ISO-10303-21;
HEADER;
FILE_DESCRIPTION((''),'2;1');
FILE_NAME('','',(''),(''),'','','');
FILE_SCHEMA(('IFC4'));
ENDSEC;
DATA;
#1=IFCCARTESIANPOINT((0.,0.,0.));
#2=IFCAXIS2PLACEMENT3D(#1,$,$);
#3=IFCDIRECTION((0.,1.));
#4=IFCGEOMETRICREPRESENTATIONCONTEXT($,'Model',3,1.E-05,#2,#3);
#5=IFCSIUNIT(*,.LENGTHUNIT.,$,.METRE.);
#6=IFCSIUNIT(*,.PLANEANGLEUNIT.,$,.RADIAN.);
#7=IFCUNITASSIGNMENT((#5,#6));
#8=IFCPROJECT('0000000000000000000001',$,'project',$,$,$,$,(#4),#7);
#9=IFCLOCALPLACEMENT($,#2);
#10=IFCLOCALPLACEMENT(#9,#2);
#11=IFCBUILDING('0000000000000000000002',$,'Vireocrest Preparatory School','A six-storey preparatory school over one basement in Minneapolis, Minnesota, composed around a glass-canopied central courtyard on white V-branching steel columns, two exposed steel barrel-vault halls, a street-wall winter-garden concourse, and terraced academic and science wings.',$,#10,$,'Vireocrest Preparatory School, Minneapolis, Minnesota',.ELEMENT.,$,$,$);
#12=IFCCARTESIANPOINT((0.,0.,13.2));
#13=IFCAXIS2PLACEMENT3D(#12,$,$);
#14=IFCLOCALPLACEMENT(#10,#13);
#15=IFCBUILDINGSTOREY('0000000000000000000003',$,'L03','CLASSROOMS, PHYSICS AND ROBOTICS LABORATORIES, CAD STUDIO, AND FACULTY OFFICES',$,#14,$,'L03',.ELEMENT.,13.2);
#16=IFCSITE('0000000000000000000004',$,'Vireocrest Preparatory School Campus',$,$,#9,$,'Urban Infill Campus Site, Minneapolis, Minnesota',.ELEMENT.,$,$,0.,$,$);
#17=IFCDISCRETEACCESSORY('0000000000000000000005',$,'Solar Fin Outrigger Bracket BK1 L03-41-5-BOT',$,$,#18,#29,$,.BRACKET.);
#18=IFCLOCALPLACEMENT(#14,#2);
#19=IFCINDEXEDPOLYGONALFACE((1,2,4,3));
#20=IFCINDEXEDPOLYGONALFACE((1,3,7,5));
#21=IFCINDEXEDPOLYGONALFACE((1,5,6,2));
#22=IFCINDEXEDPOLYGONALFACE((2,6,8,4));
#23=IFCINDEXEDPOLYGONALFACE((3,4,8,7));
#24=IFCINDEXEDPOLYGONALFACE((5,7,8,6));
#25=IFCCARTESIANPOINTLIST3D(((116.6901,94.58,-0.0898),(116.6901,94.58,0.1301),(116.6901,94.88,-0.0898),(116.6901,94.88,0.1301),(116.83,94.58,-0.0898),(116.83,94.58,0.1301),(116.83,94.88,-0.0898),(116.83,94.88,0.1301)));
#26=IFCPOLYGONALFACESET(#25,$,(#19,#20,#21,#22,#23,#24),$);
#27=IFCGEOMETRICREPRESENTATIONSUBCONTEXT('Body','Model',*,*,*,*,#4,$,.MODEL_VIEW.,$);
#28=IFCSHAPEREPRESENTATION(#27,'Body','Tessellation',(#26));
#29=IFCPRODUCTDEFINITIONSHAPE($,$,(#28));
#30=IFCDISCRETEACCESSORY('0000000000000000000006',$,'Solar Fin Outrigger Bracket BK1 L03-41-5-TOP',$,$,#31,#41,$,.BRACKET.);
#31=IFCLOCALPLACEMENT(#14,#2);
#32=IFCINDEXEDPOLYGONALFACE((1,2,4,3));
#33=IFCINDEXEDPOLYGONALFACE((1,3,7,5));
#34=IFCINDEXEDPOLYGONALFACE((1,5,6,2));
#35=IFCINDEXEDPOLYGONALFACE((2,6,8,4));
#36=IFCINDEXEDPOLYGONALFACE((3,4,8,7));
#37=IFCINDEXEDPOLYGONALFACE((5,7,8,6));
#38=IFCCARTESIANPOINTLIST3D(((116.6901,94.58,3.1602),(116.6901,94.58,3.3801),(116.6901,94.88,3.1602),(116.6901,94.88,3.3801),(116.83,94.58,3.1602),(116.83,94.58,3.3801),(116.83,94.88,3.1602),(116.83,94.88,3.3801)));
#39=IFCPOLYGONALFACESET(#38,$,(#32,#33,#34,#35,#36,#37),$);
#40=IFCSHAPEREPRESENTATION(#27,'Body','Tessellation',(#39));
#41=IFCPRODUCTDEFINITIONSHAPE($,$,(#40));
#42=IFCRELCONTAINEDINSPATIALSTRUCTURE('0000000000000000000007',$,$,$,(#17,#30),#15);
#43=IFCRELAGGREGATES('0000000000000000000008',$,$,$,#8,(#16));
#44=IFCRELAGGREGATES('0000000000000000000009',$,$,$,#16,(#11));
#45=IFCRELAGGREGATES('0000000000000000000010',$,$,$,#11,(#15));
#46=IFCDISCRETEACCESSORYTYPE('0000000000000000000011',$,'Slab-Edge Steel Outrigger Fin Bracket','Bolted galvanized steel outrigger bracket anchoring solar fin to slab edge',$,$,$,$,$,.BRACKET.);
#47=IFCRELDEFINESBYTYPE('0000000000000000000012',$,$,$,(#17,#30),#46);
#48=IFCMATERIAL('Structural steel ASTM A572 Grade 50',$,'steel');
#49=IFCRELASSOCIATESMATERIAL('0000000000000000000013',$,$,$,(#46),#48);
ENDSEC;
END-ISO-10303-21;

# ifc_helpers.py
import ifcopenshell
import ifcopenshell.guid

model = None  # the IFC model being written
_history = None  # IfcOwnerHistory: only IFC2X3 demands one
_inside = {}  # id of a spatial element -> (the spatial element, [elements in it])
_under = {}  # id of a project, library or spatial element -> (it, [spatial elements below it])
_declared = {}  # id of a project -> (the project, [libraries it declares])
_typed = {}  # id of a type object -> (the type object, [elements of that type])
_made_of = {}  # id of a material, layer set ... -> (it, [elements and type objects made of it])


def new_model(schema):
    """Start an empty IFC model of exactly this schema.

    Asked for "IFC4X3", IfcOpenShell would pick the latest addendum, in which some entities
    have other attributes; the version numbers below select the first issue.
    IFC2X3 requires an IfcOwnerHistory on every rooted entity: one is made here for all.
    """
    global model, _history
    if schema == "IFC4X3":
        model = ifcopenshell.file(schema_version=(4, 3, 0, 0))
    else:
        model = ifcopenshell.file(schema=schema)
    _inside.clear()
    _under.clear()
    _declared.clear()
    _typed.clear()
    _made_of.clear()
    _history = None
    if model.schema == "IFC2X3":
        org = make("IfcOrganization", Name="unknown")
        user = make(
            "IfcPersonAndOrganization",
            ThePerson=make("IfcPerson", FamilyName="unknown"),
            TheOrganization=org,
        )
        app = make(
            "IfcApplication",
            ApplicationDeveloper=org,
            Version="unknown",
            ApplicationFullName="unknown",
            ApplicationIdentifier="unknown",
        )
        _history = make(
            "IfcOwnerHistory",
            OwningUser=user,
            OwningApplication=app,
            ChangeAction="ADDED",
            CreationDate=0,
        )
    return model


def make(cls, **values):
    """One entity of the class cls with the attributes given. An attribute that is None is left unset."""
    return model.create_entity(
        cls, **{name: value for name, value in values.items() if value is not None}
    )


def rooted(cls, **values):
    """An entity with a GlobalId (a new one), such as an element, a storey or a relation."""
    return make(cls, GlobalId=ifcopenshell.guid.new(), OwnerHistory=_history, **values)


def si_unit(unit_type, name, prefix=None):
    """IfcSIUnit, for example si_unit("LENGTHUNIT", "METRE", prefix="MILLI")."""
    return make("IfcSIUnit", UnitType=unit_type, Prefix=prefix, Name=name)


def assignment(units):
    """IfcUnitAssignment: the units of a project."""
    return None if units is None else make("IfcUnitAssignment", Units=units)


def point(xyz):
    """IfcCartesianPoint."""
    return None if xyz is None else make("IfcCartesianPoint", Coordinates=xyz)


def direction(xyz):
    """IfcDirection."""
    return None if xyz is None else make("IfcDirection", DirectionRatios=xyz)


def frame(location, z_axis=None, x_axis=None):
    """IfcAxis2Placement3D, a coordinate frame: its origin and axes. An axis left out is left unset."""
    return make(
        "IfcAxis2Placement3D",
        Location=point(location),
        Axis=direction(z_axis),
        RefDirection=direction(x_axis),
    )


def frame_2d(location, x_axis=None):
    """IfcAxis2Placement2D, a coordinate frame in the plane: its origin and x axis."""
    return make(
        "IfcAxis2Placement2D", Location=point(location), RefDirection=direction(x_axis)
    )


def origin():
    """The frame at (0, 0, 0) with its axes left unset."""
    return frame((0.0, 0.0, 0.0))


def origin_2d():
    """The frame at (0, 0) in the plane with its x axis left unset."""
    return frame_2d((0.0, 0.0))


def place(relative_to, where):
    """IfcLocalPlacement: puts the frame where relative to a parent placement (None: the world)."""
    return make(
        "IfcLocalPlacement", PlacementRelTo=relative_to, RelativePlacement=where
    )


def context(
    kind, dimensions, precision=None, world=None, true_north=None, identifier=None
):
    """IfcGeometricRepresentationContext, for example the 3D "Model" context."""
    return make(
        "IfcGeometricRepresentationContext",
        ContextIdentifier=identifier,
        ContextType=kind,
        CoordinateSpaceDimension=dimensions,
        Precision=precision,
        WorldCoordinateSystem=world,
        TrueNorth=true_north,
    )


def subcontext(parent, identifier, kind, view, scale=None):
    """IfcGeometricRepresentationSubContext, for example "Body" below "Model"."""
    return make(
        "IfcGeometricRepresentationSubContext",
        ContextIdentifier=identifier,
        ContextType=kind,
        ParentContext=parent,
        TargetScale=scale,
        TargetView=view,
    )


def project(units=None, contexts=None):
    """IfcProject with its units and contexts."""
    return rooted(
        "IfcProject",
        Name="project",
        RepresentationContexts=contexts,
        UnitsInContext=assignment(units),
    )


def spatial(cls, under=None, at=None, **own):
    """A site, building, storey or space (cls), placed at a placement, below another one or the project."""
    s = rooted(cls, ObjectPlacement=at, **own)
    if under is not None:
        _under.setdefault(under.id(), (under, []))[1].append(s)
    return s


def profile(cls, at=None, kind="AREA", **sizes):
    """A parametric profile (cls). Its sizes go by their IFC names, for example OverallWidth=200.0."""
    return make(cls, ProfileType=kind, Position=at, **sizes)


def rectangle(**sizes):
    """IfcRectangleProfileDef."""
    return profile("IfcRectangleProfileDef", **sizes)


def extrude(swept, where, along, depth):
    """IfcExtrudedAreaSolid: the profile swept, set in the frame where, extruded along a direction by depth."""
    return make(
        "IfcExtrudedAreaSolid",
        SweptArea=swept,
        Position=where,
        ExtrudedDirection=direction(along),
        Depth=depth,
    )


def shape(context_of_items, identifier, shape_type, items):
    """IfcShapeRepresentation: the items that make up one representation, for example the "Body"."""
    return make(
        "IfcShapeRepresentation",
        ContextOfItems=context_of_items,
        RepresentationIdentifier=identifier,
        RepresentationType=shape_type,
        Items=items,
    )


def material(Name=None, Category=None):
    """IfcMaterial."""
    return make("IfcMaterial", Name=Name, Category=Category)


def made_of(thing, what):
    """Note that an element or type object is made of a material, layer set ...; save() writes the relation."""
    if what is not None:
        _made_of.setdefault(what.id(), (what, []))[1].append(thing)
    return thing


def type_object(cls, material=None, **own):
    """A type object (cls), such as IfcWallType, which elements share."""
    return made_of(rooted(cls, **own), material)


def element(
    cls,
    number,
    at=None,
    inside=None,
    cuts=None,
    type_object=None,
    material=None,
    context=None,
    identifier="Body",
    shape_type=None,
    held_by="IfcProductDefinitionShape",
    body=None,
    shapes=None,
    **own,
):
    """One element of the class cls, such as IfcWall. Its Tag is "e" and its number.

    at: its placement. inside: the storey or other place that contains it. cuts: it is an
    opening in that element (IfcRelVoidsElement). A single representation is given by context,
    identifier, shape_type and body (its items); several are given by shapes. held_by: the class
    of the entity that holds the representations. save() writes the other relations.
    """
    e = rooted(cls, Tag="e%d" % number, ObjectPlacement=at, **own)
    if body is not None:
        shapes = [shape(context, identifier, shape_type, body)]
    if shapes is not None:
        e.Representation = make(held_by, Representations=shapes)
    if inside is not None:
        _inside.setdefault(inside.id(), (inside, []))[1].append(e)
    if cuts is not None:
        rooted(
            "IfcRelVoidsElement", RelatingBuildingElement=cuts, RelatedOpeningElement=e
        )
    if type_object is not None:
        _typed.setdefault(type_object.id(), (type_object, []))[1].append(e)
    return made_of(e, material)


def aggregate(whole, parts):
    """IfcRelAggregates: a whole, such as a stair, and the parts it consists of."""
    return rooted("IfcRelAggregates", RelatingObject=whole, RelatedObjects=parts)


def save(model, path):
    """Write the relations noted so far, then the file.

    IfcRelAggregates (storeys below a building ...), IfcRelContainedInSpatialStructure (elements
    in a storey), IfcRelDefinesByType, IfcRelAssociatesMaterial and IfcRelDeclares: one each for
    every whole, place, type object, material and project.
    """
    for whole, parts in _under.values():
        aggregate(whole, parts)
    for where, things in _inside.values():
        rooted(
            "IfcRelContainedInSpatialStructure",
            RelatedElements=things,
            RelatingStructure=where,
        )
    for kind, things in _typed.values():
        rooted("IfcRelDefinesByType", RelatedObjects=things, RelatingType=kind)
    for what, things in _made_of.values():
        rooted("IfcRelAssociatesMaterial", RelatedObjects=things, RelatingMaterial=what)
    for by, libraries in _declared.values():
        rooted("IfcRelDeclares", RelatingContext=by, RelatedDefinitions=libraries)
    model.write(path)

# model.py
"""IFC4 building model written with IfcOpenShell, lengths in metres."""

from ifc_helpers import new_model, si_unit, direction, frame, origin, origin_2d, place, context, subcontext, project, spatial, rectangle, extrude, material, type_object, element, save


model = new_model("IFC4")

# Units and contexts
model_context = context("Model", 3, precision=1e-05, world=origin(), true_north=direction((0.0, 1.0)))
body_context = subcontext(model_context, "Body", "Model", "MODEL_VIEW")
ifc_project = project(units=[si_unit("LENGTHUNIT", "METRE"), si_unit("PLANEANGLEUNIT", "RADIAN")], contexts=[model_context])

# Site, building, storey
site_placement = place(None, origin())
site = spatial("IfcSite", under=ifc_project, at=site_placement, Name="Vireocrest Preparatory School Campus", LongName="Urban Infill Campus Site, Minneapolis, Minnesota", CompositionType="ELEMENT", RefElevation=0.0)
building_placement = place(site_placement, origin())
building = spatial("IfcBuilding", under=site, at=building_placement, Name="Vireocrest Preparatory School", Description="A six-storey preparatory school over one basement in Minneapolis, Minnesota, composed around a glass-canopied central courtyard on white V-branching steel columns, two exposed steel barrel-vault halls, a street-wall winter-garden concourse, and terraced academic and science wings.", LongName="Vireocrest Preparatory School, Minneapolis, Minnesota", CompositionType="ELEMENT")
storey_placement = place(building_placement, frame((0.0, 0.0, 13.2)))
storey = spatial("IfcBuildingStorey", under=building, at=storey_placement, Name="L03", Description="CLASSROOMS, PHYSICS AND ROBOTICS LABORATORIES, CAD STUDIO, AND FACULTY OFFICES", LongName="L03", CompositionType="ELEMENT", Elevation=13.2)

# Discrete accessories
ifc_material_1 = material(Name="Structural steel ASTM A572 Grade 50", Category="steel")
discrete_accessory_type = type_object("IfcDiscreteAccessoryType", Name="Slab-Edge Steel Outrigger Fin Bracket", Description="Bolted galvanized steel outrigger bracket anchoring solar fin to slab edge", PredefinedType="BRACKET", material=ifc_material_1)
for number, where, z_axis, x_axis, name in (
    (1, (116.76, 94.73, -0.0898), (0.0, 0.0, 1.0), (-1.0, 0.0, 0.0), "Solar Fin Outrigger Bracket BK1 L03-41-5-BOT"),
    (2, (116.76, 94.73, 3.1602), (0.0, 0.0, 1.0), (-1.0, 0.0, 0.0), "Solar Fin Outrigger Bracket BK1 L03-41-5-TOP"),
):
    element("IfcDiscreteAccessory", number, at=place(storey_placement, frame(where, z_axis=z_axis, x_axis=x_axis)), inside=storey, type_object=discrete_accessory_type, Name=name, PredefinedType="BRACKET", context=body_context, shape_type="SweptSolid", body=[
        extrude(rectangle(XDim=0.1399, YDim=0.3, at=origin_2d()), origin(), (0.0, 0.0, 1.0), 0.22),
    ])

save(model, "model.ifc")
